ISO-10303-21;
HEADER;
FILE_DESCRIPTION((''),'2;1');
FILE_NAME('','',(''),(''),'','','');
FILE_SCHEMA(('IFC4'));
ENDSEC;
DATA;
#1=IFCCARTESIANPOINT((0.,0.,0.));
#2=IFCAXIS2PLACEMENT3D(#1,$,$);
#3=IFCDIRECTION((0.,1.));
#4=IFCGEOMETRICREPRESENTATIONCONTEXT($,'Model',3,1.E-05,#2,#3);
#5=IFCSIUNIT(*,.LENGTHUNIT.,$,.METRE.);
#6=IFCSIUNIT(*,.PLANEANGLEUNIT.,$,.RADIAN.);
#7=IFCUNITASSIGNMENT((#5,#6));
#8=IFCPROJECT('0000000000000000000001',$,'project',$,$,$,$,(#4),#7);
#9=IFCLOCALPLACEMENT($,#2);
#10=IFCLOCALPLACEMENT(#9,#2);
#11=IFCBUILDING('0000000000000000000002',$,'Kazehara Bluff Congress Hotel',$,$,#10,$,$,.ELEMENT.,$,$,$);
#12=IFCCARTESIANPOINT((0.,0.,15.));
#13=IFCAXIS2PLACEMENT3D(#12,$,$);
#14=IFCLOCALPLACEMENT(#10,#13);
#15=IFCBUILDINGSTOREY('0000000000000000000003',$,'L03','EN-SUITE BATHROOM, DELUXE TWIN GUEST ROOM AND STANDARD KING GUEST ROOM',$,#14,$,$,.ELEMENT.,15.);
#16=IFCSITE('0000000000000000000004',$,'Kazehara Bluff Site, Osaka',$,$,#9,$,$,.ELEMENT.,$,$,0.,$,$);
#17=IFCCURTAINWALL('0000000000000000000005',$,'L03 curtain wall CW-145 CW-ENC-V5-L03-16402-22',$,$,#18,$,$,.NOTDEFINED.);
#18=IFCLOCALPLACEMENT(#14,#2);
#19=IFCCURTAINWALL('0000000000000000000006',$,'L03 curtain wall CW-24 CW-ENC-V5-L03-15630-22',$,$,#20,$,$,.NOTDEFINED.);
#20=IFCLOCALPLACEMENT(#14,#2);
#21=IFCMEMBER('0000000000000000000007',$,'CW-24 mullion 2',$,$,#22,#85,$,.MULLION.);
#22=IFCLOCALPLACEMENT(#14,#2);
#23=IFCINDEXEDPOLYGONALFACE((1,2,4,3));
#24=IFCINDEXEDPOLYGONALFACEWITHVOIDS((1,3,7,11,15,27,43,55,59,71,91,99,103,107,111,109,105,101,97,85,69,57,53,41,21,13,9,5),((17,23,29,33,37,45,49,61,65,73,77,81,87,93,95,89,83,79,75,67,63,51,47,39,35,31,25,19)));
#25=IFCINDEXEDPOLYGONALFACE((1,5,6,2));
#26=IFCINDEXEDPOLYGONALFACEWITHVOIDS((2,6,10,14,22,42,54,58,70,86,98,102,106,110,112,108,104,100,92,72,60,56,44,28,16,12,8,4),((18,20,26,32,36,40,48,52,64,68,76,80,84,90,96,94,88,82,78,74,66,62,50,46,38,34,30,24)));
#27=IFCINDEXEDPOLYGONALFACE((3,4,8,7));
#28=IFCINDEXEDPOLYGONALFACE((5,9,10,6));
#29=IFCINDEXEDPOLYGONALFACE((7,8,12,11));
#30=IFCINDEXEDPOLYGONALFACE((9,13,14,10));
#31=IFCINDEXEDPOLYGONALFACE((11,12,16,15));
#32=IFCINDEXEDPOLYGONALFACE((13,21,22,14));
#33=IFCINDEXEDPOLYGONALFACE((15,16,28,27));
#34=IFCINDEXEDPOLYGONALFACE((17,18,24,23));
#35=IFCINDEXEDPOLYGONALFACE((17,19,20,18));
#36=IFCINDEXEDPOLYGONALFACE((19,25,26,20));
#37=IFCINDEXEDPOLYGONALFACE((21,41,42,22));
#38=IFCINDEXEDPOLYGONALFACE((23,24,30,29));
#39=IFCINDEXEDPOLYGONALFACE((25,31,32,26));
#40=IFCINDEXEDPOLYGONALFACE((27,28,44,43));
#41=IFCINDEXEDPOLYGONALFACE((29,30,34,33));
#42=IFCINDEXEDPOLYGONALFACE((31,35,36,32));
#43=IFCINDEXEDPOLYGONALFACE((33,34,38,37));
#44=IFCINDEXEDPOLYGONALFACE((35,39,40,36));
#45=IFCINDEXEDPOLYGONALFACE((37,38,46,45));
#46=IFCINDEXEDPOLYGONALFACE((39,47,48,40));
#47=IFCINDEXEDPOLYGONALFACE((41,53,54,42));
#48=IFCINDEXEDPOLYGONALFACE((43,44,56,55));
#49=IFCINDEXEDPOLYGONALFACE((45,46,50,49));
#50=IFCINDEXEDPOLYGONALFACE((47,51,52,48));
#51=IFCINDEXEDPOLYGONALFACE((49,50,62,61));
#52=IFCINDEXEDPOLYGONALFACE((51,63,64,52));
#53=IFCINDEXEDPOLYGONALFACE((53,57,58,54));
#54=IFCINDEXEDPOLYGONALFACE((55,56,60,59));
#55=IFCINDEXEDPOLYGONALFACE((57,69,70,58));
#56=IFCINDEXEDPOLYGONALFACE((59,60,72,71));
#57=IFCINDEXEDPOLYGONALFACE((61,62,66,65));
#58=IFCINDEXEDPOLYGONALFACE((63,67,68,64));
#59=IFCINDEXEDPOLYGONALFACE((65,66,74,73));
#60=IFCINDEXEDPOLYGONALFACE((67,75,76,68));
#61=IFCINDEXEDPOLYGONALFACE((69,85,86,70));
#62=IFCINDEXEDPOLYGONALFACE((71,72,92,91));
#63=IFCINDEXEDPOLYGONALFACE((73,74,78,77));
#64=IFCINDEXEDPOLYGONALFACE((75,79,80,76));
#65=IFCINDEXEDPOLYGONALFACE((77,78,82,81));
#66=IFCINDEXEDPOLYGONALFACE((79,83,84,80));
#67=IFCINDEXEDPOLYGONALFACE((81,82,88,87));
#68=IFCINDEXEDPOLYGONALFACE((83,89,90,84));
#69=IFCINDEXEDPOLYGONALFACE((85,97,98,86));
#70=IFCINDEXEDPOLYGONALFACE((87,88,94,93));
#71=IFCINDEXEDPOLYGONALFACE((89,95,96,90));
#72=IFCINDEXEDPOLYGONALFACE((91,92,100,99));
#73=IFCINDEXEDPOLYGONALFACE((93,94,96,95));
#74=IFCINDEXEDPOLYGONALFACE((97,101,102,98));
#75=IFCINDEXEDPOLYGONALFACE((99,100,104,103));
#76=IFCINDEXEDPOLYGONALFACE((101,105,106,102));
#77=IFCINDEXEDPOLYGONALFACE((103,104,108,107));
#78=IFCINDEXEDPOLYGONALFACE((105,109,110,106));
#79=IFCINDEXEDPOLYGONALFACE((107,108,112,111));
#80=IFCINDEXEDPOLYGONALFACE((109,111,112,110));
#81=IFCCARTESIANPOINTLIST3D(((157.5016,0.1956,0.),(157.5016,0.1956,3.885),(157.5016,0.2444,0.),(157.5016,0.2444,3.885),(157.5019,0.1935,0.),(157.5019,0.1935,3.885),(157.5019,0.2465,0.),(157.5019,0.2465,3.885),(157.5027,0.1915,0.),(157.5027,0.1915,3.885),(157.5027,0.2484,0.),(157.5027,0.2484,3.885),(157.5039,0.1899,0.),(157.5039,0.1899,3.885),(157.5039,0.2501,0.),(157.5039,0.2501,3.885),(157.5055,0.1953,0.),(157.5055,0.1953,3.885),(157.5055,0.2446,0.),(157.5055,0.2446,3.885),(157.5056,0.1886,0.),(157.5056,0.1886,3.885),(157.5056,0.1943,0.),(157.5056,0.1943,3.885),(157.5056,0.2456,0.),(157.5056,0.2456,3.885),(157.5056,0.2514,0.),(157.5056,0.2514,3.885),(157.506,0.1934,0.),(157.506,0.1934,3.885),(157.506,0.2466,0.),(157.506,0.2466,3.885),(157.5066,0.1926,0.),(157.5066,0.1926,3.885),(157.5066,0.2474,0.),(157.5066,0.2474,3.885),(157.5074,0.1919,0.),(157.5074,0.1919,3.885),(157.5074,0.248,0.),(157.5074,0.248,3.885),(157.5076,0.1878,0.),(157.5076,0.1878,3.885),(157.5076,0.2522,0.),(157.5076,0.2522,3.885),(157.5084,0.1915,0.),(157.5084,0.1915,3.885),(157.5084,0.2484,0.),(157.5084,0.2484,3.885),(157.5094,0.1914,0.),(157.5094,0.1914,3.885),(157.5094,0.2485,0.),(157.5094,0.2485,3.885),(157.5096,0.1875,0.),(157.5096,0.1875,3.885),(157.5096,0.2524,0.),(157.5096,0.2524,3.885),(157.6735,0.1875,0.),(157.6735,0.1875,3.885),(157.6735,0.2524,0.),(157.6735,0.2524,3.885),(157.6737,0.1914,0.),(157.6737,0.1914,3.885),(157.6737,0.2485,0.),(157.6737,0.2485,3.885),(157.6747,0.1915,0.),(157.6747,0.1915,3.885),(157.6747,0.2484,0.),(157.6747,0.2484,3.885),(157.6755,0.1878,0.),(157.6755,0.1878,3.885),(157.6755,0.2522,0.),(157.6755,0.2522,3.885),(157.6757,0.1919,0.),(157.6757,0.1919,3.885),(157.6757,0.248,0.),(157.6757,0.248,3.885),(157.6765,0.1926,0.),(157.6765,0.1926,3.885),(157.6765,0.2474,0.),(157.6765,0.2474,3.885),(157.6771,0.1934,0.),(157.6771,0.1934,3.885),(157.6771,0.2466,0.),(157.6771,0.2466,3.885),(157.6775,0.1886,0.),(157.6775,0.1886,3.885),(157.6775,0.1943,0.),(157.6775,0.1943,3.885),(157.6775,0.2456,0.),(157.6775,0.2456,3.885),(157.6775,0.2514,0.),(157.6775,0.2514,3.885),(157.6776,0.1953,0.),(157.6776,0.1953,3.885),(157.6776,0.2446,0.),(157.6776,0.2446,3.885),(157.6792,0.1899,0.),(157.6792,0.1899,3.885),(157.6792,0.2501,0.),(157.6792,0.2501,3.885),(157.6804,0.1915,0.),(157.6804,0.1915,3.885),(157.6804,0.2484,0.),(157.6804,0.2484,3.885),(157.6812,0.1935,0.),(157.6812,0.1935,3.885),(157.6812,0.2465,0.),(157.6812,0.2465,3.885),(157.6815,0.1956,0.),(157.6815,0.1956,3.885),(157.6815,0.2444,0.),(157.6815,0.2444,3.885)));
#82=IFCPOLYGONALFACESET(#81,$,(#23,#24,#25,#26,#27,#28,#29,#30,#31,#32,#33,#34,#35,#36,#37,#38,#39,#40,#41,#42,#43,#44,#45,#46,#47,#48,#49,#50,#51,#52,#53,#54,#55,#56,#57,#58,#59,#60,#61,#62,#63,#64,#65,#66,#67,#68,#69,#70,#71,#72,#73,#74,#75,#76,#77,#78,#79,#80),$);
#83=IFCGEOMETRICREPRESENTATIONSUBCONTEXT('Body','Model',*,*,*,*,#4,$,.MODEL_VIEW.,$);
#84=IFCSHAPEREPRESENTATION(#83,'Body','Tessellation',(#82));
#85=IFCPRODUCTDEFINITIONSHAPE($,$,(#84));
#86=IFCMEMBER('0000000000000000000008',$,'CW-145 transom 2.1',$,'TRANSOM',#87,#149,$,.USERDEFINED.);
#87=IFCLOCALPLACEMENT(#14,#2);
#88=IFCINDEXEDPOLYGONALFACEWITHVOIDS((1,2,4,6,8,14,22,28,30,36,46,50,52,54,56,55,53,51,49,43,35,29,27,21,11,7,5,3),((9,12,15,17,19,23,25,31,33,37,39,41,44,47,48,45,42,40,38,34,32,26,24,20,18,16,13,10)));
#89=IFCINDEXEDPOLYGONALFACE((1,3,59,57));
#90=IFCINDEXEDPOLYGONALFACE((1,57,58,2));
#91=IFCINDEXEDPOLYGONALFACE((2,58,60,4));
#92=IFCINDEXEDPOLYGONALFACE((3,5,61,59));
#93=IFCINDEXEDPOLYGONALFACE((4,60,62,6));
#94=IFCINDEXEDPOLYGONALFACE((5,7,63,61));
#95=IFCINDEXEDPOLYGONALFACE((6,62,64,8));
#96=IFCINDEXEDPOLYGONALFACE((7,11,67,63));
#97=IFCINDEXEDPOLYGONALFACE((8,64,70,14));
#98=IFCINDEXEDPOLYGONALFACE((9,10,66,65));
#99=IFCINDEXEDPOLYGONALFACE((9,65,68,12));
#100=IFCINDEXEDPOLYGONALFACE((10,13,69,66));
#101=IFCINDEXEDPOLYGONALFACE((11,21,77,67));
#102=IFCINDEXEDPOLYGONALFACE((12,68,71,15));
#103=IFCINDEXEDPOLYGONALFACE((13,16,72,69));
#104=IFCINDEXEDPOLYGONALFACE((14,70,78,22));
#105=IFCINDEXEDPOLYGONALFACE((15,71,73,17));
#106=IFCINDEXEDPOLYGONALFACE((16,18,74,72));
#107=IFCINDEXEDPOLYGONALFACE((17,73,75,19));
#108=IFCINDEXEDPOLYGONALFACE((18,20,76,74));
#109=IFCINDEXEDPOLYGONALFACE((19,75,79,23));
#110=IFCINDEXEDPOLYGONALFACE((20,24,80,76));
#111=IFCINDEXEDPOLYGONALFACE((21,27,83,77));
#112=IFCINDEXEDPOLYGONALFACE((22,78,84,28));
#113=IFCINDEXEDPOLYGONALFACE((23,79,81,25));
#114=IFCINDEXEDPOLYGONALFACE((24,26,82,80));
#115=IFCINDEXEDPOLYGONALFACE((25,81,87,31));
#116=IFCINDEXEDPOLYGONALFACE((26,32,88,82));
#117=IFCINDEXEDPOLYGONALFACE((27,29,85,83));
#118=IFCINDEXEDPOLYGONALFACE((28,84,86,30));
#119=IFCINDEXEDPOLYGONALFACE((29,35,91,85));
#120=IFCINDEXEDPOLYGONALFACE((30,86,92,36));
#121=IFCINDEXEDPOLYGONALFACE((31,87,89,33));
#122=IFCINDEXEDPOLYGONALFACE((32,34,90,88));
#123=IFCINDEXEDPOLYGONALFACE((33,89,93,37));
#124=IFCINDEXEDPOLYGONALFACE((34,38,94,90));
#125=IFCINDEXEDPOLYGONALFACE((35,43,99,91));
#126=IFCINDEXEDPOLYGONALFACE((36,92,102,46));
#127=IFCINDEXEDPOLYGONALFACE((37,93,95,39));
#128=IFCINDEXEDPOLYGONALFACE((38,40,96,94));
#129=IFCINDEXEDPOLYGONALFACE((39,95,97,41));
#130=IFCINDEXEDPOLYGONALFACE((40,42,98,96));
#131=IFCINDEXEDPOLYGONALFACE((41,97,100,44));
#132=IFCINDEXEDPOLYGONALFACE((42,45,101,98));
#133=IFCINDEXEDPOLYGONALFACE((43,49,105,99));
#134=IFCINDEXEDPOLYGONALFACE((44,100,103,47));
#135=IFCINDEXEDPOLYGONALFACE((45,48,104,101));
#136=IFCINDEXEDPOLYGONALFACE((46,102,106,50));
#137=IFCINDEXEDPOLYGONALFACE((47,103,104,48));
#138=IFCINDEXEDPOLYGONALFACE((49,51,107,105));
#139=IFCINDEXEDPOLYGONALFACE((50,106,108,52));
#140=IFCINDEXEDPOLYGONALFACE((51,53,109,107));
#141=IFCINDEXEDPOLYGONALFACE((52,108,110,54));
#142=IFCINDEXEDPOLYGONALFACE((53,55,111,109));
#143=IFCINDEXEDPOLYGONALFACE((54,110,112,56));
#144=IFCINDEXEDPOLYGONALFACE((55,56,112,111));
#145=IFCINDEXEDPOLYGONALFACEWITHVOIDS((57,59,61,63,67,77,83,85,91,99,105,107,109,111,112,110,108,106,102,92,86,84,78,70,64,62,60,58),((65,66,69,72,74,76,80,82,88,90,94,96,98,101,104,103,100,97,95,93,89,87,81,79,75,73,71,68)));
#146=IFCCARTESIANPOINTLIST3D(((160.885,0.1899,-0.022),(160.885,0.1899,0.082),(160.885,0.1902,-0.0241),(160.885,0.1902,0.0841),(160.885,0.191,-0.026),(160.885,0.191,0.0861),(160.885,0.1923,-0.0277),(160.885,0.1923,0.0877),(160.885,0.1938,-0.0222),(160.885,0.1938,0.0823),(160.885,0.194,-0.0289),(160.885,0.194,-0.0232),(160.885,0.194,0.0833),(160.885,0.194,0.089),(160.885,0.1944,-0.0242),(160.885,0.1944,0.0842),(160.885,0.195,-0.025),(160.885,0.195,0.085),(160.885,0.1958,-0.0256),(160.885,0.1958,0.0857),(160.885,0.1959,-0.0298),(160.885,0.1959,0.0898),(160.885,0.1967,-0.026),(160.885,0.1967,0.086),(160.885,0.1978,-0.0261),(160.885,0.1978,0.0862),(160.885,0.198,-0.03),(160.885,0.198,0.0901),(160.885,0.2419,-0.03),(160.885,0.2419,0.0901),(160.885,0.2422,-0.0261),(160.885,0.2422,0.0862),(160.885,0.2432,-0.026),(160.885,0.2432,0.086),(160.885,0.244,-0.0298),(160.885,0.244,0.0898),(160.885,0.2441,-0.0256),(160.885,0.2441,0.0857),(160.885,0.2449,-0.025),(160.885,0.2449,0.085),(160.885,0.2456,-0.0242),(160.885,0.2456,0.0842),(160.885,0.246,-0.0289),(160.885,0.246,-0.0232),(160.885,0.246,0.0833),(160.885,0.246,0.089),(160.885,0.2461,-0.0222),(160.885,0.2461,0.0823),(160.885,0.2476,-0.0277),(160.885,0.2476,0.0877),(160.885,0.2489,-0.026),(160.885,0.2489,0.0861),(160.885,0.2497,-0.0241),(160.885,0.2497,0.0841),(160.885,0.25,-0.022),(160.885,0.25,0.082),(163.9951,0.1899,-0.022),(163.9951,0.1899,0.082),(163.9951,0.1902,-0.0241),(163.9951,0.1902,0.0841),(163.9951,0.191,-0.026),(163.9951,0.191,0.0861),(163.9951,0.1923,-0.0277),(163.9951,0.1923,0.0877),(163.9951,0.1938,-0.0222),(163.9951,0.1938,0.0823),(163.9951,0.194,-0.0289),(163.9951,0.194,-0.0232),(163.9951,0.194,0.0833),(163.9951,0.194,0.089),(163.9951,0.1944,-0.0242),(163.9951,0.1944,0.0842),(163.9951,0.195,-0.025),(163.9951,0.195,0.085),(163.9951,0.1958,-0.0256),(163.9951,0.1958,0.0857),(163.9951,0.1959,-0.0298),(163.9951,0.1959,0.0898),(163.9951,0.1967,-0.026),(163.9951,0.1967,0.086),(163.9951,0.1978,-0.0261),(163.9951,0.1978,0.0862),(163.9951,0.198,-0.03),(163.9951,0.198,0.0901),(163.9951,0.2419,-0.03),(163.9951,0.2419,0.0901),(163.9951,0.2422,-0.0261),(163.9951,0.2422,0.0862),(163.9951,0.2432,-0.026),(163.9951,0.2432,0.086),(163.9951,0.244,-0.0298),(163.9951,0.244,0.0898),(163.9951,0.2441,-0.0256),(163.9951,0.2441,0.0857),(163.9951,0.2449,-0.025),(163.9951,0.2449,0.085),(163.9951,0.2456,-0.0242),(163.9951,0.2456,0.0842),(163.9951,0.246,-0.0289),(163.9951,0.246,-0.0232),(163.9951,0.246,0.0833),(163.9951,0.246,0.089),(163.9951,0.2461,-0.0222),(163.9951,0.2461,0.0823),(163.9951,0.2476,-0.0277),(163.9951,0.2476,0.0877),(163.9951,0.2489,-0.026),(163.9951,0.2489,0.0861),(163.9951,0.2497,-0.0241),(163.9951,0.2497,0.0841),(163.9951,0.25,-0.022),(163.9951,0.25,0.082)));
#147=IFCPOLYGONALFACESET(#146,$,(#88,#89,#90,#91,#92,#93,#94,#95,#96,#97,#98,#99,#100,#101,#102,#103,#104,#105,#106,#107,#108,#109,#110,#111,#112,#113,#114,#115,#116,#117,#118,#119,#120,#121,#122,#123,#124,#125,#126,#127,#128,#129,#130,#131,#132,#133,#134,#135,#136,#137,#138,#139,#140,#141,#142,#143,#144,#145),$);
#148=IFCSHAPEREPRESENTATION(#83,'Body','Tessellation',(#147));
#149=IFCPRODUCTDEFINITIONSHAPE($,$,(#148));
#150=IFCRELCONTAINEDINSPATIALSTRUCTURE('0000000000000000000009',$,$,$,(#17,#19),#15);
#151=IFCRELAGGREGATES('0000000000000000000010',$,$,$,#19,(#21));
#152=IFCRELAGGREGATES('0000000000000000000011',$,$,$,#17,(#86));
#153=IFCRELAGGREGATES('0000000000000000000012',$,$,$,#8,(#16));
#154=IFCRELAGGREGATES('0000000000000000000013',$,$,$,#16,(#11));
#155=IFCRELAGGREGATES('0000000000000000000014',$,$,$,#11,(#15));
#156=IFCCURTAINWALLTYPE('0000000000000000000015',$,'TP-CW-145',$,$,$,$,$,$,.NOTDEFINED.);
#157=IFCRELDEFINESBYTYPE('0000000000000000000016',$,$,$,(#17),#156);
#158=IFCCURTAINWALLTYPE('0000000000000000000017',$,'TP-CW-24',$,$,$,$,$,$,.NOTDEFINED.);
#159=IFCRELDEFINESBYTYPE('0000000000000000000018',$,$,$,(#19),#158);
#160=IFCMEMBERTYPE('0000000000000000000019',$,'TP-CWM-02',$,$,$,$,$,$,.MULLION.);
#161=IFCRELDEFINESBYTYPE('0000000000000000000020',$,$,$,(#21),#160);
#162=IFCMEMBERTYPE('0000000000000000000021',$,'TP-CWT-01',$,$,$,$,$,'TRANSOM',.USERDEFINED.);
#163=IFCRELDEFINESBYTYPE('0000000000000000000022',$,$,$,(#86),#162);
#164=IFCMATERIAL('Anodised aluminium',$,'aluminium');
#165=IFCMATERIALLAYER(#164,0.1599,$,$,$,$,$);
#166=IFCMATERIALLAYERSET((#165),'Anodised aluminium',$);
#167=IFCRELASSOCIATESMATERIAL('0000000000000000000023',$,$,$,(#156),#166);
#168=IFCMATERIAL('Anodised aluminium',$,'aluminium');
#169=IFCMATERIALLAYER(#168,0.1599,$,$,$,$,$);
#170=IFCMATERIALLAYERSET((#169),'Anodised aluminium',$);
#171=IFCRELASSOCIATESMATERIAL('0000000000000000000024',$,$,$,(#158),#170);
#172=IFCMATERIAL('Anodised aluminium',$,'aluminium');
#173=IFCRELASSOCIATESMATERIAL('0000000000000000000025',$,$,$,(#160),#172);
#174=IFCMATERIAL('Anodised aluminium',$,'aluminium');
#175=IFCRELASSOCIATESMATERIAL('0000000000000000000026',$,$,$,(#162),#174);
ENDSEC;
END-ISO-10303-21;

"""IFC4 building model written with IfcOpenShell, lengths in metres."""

from ifc_helpers import new_model, si_unit, direction, frame, origin, origin_2d, place, context, subcontext, project, spatial, hollow_rectangle, extrude, material, layer, layer_set, material_profile, profile_set, type_object, element, aggregate, save


model = new_model("IFC4")

# Units and contexts
model_context = context("Model", 3, precision=1e-05, world=origin(), true_north=direction((0.0, 1.0)))
body_context = subcontext(model_context, "Body", "Model", "MODEL_VIEW")
ifc_project = project(units=[si_unit("LENGTHUNIT", "METRE"), si_unit("PLANEANGLEUNIT", "RADIAN")], contexts=[model_context])

# Site, building, storey
site_placement = place(None, origin())
site = spatial("IfcSite", under=ifc_project, at=site_placement, Name="Kazehara Bluff Site, Osaka", CompositionType="ELEMENT", RefElevation=0.0)
building_placement = place(site_placement, origin())
building = spatial("IfcBuilding", under=site, at=building_placement, Name="Kazehara Bluff Congress Hotel", CompositionType="ELEMENT")
storey_placement = place(building_placement, frame((0.0, 0.0, 15.0)))
storey = spatial("IfcBuildingStorey", under=building, at=storey_placement, Name="L03", Description="EN-SUITE BATHROOM, DELUXE TWIN GUEST ROOM AND STANDARD KING GUEST ROOM", CompositionType="ELEMENT", Elevation=15.0)

# Curtain walls, member
ifc_material_1 = material(Name="Anodised aluminium", Category="aluminium")
ifc_layer_1 = layer(ifc_material_1, 0.1599)
ifc_layer_set_1 = layer_set([ifc_layer_1], Name="Anodised aluminium")
curtain_wall_type_1 = type_object("IfcCurtainWallType", Name="TP-CW-145", PredefinedType="NOTDEFINED", material=ifc_layer_set_1)
curtain_wall_1_placement = place(storey_placement, origin())
curtain_wall_1 = element("IfcCurtainWall", 1, at=curtain_wall_1_placement, inside=storey, type_object=curtain_wall_type_1, Name="L03 curtain wall CW-145 CW-ENC-V5-L03-16402-22", PredefinedType="NOTDEFINED")
ifc_material_2 = material(Name="Anodised aluminium", Category="aluminium")
ifc_layer_2 = layer(ifc_material_2, 0.1599)
ifc_layer_set_2 = layer_set([ifc_layer_2], Name="Anodised aluminium")
curtain_wall_type_2 = type_object("IfcCurtainWallType", Name="TP-CW-24", PredefinedType="NOTDEFINED", material=ifc_layer_set_2)
curtain_wall_2_placement = place(storey_placement, origin())
curtain_wall_2 = element("IfcCurtainWall", 2, at=curtain_wall_2_placement, inside=storey, type_object=curtain_wall_type_2, Name="L03 curtain wall CW-24 CW-ENC-V5-L03-15630-22", PredefinedType="NOTDEFINED")
ifc_material_3 = material(Name="Anodised aluminium", Category="aluminium")
ifc_material_profile_1 = material_profile(ifc_material_3, hollow_rectangle(XDim=0.0649, YDim=0.1799, WallThickness=0.0039, InnerFilletRadius=0.0039, OuterFilletRadius=0.0081, at=origin_2d()))
ifc_profile_set_1 = profile_set([ifc_material_profile_1], Name="Anodised aluminium")
member_type_1 = type_object("IfcMemberType", Name="TP-CWM-02", PredefinedType="MULLION", material=ifc_profile_set_1)
member_1_placement = place(storey_placement, frame((157.5916, 0.22, 0.0), z_axis=(0.0, 0.0, 1.0), x_axis=(0.0, -1.0, 0.0)))
member_1 = element("IfcMember", 3, at=member_1_placement, type_object=member_type_1, Name="CW-24 mullion 2", PredefinedType="MULLION", context=body_context, shape_type="SweptSolid", body=[
    extrude(hollow_rectangle(XDim=0.0649, YDim=0.1799, WallThickness=0.0039, InnerFilletRadius=0.0039, OuterFilletRadius=0.0081, at=origin_2d()), origin(), (0.0, 0.0, 1.0), 3.885),
])

# Member
ifc_material_4 = material(Name="Anodised aluminium", Category="aluminium")
ifc_material_profile_2 = material_profile(ifc_material_4, hollow_rectangle(XDim=0.0601, YDim=0.1201, WallThickness=0.0039, InnerFilletRadius=0.0039, OuterFilletRadius=0.0081, at=origin_2d()))
ifc_profile_set_2 = profile_set([ifc_material_profile_2], Name="Anodised aluminium")
member_type_2 = type_object("IfcMemberType", Name="TP-CWT-01", ElementType="TRANSOM", PredefinedType="USERDEFINED", material=ifc_profile_set_2)
member_2_placement = place(storey_placement, frame((163.9951, 0.22, 0.03), z_axis=(-1.0, 0.0, 0.0), x_axis=(0.0, -1.0, 0.0)))
member_2 = element("IfcMember", 4, at=member_2_placement, type_object=member_type_2, Name="CW-145 transom 2.1", ObjectType="TRANSOM", PredefinedType="USERDEFINED", context=body_context, shape_type="SweptSolid", body=[
    extrude(hollow_rectangle(XDim=0.0601, YDim=0.1201, WallThickness=0.0039, InnerFilletRadius=0.0039, OuterFilletRadius=0.0081, at=origin_2d()), origin(), (0.0, 0.0, 1.0), 3.1101),
])

aggregate(curtain_wall_2, [member_1])
aggregate(curtain_wall_1, [member_2])

save(model, "model.ifc")
